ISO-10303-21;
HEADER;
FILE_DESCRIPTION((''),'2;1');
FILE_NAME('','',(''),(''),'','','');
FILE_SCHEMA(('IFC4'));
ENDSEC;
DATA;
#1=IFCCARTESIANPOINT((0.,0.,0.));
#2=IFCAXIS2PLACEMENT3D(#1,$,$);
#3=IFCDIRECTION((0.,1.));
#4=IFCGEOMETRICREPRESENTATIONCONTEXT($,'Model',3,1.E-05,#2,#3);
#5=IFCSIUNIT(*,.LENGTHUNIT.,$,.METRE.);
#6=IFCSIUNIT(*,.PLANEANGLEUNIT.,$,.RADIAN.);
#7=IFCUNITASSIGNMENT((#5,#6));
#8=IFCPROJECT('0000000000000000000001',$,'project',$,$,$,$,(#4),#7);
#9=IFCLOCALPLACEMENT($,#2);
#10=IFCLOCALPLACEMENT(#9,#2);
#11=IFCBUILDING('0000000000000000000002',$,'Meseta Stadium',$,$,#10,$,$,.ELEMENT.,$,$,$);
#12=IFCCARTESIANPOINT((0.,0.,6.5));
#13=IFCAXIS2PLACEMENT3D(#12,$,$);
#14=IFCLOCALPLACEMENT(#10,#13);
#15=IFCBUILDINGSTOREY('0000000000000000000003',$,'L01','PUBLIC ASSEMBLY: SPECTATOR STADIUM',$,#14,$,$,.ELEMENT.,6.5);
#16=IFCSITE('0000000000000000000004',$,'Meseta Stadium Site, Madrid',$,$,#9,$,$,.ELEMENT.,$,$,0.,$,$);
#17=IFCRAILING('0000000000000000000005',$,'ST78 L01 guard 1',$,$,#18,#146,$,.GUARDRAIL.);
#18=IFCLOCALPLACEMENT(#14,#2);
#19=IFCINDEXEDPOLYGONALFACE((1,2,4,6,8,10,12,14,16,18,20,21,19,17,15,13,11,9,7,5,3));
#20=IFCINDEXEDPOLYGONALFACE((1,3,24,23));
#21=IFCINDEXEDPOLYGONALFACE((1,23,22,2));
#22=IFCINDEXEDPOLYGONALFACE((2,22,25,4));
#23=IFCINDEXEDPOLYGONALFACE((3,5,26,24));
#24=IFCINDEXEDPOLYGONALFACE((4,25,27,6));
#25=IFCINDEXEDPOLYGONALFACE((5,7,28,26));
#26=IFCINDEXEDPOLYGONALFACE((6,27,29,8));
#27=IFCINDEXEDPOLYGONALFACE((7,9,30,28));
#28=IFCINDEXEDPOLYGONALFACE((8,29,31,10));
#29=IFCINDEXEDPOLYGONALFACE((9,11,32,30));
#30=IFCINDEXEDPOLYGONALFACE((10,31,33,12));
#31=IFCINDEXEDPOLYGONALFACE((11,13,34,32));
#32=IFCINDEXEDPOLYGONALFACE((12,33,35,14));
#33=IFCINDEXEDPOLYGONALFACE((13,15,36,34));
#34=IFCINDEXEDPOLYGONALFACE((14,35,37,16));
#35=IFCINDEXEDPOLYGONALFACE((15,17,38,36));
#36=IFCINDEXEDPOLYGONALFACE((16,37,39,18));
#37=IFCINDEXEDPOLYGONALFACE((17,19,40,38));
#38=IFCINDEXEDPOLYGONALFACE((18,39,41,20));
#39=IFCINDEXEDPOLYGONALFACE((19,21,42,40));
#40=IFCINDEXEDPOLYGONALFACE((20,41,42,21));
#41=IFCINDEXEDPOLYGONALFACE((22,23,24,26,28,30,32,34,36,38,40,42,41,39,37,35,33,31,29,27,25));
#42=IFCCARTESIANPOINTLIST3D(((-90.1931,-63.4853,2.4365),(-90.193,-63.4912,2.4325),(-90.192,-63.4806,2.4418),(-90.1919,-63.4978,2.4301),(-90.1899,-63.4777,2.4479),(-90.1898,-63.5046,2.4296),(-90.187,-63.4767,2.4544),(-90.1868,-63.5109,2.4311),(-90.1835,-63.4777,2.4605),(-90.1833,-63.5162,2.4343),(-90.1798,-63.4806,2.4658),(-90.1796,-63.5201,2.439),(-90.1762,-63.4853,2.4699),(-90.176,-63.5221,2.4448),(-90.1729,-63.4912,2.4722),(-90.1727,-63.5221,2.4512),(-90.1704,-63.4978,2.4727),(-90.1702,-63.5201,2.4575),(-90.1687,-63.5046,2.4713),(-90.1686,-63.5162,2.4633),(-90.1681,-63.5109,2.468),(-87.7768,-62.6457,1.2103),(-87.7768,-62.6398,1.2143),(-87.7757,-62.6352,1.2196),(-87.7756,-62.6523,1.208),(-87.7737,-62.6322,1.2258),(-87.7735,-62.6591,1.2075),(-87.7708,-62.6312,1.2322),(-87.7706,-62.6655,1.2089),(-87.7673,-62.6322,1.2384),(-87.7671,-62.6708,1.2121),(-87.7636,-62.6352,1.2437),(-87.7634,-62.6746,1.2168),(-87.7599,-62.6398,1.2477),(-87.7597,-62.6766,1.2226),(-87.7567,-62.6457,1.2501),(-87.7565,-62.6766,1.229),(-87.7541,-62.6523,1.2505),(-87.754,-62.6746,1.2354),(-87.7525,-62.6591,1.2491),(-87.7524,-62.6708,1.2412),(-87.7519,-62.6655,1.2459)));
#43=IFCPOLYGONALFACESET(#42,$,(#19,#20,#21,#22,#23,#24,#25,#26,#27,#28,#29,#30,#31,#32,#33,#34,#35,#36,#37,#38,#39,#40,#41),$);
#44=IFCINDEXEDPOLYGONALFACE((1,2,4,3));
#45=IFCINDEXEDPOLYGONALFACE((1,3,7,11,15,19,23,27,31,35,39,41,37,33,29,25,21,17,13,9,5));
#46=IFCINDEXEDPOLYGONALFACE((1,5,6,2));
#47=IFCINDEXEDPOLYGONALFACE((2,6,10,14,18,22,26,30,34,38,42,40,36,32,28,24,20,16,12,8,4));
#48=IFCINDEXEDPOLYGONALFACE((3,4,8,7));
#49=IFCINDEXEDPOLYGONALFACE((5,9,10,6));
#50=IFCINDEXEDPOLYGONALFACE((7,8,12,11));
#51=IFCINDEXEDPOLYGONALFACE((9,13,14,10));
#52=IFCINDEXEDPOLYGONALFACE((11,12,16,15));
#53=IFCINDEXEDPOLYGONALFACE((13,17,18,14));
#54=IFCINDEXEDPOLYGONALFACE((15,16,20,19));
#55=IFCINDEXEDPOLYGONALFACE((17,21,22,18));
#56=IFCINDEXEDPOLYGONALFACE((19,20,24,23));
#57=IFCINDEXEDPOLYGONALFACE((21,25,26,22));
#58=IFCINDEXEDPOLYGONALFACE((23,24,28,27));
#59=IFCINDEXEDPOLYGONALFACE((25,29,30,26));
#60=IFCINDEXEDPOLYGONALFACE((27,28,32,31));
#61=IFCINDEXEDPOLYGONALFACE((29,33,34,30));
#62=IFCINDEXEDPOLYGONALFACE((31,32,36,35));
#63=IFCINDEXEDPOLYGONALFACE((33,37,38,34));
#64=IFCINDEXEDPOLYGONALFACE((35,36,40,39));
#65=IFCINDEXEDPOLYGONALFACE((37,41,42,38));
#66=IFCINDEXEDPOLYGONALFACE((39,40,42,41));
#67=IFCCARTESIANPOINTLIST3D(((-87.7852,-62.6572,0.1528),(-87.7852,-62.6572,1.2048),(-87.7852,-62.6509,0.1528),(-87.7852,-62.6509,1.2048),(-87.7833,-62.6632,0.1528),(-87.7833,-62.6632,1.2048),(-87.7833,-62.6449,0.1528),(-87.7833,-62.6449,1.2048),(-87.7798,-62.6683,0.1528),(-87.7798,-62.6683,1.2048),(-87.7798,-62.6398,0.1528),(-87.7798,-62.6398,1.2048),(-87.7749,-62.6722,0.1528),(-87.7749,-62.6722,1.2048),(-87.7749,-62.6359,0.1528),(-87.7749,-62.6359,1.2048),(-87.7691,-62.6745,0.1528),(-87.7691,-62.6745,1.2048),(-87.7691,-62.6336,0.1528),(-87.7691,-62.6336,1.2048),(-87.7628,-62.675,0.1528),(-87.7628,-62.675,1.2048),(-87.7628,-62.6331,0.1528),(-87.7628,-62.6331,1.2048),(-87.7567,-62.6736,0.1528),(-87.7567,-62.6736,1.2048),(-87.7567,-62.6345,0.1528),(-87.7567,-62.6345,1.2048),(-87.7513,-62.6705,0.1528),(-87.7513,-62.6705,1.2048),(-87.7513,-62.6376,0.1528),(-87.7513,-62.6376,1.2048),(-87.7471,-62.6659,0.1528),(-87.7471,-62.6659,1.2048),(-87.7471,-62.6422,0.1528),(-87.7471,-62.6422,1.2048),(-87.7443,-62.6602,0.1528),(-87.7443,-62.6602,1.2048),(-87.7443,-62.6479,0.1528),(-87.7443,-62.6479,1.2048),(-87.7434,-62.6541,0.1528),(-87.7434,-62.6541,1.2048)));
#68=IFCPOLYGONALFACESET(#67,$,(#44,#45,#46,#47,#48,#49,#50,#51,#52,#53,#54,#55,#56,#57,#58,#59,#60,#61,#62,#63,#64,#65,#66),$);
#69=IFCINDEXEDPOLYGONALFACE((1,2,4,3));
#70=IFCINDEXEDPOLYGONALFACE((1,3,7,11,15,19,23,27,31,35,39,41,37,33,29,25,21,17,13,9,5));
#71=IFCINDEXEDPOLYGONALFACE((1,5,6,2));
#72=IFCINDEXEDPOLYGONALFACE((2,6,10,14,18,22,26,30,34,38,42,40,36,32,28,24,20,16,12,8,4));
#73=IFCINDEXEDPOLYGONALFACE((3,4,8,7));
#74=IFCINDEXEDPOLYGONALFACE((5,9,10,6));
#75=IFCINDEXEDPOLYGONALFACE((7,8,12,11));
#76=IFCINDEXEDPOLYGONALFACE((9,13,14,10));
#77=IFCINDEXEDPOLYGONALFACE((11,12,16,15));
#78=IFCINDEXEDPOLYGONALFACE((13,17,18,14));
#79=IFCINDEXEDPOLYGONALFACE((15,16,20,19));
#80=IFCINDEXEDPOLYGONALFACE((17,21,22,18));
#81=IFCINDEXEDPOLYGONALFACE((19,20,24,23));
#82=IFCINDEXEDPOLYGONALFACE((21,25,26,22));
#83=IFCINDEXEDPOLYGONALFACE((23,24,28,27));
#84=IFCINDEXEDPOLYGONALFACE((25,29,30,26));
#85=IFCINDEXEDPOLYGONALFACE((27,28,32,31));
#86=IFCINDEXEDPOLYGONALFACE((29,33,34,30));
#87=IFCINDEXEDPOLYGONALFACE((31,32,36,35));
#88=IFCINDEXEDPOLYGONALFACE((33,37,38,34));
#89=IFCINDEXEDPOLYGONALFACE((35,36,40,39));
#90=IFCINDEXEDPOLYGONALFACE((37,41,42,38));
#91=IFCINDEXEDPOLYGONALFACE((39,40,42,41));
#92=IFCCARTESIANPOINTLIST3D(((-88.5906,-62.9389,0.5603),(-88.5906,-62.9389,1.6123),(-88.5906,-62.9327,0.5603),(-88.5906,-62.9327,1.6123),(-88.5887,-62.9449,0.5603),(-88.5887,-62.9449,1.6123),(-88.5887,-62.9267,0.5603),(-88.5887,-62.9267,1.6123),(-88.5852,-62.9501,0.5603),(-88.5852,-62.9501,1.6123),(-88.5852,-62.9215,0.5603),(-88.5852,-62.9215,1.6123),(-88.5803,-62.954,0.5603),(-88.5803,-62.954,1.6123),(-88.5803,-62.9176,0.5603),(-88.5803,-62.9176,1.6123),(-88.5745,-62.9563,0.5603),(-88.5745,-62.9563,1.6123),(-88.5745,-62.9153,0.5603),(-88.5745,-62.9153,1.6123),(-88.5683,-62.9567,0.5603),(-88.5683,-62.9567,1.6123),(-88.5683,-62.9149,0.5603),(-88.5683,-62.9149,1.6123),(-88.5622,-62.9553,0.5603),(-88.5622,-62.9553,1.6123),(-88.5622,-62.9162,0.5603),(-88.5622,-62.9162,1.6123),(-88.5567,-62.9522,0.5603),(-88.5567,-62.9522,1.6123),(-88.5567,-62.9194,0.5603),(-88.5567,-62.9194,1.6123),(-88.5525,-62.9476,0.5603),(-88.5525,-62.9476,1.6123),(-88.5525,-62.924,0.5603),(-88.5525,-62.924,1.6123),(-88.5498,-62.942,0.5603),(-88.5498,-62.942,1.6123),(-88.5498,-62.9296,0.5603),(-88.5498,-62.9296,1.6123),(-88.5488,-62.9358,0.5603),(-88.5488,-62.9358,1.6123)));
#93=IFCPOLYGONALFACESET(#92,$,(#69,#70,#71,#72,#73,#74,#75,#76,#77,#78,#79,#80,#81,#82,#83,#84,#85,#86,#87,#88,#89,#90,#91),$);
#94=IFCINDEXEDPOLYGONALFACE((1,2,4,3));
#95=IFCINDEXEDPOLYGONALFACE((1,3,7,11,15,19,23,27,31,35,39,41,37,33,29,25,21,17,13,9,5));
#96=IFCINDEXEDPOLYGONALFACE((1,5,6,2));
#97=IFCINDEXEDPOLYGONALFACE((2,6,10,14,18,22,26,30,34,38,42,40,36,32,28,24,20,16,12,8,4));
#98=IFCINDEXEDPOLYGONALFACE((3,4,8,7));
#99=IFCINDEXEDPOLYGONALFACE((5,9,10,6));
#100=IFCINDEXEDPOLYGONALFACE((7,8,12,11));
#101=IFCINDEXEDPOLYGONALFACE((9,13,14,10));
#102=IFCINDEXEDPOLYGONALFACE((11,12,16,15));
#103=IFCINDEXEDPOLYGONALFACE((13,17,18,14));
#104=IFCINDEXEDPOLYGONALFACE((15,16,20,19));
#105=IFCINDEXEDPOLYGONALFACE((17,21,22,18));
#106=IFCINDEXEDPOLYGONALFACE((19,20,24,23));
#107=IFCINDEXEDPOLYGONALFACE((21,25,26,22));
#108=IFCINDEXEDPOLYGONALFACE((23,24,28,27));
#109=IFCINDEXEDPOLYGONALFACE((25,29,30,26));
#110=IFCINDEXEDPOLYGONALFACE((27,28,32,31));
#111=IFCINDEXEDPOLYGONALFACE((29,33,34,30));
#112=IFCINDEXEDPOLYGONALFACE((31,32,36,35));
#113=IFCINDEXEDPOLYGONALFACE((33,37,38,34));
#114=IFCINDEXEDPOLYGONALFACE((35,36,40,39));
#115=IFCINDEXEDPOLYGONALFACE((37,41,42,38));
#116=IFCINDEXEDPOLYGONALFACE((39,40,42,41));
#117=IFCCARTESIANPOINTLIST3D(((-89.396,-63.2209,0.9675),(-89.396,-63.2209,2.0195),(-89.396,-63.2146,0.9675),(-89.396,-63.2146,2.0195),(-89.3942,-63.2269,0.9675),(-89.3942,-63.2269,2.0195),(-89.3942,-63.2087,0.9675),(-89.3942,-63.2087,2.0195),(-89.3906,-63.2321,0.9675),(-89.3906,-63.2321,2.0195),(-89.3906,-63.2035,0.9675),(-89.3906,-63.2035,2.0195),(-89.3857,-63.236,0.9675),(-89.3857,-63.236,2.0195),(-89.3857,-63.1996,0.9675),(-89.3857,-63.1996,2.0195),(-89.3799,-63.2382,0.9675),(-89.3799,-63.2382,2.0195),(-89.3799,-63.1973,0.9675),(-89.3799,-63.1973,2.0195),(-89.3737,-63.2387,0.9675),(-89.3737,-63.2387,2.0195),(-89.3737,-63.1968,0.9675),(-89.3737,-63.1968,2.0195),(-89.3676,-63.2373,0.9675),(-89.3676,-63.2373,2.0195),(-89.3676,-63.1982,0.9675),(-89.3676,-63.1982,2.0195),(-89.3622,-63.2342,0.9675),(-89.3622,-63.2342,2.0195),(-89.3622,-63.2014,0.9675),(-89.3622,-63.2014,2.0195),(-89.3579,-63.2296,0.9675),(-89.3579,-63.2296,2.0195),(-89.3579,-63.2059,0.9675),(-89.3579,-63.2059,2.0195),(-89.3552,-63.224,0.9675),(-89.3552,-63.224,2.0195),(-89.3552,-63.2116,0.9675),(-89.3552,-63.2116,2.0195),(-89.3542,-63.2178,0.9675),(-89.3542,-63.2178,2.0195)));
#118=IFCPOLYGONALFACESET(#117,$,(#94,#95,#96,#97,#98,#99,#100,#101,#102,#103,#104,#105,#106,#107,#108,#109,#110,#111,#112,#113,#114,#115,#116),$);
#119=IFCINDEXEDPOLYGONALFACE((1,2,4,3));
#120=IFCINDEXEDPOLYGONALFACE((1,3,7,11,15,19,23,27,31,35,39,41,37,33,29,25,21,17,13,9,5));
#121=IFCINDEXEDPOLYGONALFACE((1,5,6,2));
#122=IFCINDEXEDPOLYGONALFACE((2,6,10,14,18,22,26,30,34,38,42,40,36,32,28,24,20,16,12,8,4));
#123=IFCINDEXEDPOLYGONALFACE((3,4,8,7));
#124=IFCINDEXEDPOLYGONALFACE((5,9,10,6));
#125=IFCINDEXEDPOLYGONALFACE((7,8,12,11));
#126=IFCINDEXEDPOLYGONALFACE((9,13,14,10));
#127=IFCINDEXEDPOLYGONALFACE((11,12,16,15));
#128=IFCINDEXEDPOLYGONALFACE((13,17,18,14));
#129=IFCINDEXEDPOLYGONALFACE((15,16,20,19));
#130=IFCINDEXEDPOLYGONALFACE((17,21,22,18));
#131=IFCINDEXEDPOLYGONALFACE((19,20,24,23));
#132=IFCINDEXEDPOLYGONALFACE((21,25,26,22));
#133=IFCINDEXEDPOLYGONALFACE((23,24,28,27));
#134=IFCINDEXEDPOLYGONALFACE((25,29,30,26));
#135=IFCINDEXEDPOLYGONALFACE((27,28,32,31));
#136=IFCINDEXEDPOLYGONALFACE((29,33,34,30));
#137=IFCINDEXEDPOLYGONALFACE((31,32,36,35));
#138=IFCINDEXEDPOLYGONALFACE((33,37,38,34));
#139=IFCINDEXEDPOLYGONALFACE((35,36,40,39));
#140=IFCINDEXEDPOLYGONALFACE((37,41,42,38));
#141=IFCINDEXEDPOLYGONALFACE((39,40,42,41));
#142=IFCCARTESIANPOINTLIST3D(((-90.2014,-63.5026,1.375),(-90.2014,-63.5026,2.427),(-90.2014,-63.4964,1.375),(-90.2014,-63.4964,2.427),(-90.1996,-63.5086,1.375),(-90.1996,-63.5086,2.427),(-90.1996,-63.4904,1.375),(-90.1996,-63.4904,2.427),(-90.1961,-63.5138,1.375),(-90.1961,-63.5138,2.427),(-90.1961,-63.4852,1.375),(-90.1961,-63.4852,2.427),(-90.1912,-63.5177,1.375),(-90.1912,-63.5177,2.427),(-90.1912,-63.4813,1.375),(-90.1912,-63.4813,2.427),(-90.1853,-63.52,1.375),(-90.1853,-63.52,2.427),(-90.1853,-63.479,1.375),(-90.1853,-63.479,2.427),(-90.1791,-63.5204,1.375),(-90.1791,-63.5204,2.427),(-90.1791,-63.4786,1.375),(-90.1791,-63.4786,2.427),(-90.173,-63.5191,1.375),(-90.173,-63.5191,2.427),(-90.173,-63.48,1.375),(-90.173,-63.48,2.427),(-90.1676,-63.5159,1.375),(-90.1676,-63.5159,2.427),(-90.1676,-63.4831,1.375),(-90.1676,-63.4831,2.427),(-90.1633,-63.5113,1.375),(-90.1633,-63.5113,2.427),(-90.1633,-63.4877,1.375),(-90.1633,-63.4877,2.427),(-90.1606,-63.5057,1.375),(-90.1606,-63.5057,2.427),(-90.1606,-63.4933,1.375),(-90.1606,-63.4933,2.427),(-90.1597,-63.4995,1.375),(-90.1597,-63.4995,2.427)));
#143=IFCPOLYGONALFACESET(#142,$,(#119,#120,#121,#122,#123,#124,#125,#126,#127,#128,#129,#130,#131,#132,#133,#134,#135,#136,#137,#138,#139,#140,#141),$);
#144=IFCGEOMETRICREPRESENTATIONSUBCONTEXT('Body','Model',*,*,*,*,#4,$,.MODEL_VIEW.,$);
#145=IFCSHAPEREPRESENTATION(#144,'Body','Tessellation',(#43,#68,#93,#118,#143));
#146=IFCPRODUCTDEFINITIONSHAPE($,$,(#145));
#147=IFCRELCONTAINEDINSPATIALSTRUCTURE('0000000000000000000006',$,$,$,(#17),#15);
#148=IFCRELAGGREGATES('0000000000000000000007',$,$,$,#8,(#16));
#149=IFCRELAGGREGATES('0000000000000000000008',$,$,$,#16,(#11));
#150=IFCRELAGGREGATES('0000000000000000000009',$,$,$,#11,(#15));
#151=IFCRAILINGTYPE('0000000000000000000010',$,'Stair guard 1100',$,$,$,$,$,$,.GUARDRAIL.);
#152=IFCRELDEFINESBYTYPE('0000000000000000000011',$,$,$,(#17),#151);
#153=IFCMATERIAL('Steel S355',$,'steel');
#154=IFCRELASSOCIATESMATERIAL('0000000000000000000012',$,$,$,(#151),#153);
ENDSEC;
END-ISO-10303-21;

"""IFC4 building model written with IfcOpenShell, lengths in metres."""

from ifc_helpers import new_model, si_unit, direction, frame, origin, origin_2d, place, context, subcontext, project, spatial, circle, extrude, material, type_object, element, save


model = new_model("IFC4")

# Units and contexts
model_context = context("Model", 3, precision=1e-05, world=origin(), true_north=direction((0.0, 1.0)))
body_context = subcontext(model_context, "Body", "Model", "MODEL_VIEW")
ifc_project = project(units=[si_unit("LENGTHUNIT", "METRE"), si_unit("PLANEANGLEUNIT", "RADIAN")], contexts=[model_context])

# Site, building, storey
site_placement = place(None, origin())
site = spatial("IfcSite", under=ifc_project, at=site_placement, Name="Meseta Stadium Site, Madrid", CompositionType="ELEMENT", RefElevation=0.0)
building_placement = place(site_placement, origin())
building = spatial("IfcBuilding", under=site, at=building_placement, Name="Meseta Stadium", CompositionType="ELEMENT")
storey_placement = place(building_placement, frame((0.0, 0.0, 6.5)))
storey = spatial("IfcBuildingStorey", under=building, at=storey_placement, Name="L01", Description="PUBLIC ASSEMBLY: SPECTATOR STADIUM", CompositionType="ELEMENT", Elevation=6.5)

# Railing
ifc_material_1 = material(Name="Steel S355", Category="steel")
railing_type_1 = type_object("IfcRailingType", Name="Stair guard 1100", PredefinedType="GUARDRAIL", material=ifc_material_1)
railing_1_placement = place(storey_placement, frame((-87.7644, -62.6541, 0.1528)))
element("IfcRailing", 1, at=railing_1_placement, inside=storey, type_object=railing_type_1, Name="ST78 L01 guard 1", PredefinedType="GUARDRAIL", context=body_context, shape_type="SweptSolid", body=[
    extrude(circle(Radius=0.0239, at=origin_2d()), frame((0.0, 0.0, 1.0762), z_axis=(-0.851789, -0.298044, 0.430843), x_axis=(0.33027, -0.943887, 0.0)), (0.0, 0.0, 1.0), 2.8367),
    extrude(circle(Radius=0.021, at=origin_2d()), origin(), (0.0, 0.0, 1.0), 1.052),
    extrude(circle(Radius=0.021, at=origin_2d()), frame((-0.8054, -0.2817, 0.4075)), (0.0, 0.0, 1.0), 1.052),
    extrude(circle(Radius=0.021, at=origin_2d()), frame((-1.6108, -0.5637, 0.8147)), (0.0, 0.0, 1.0), 1.052),
    extrude(circle(Radius=0.021, at=origin_2d()), frame((-2.4163, -0.8455, 1.2222)), (0.0, 0.0, 1.0), 1.052),
])

save(model, "model.ifc")
